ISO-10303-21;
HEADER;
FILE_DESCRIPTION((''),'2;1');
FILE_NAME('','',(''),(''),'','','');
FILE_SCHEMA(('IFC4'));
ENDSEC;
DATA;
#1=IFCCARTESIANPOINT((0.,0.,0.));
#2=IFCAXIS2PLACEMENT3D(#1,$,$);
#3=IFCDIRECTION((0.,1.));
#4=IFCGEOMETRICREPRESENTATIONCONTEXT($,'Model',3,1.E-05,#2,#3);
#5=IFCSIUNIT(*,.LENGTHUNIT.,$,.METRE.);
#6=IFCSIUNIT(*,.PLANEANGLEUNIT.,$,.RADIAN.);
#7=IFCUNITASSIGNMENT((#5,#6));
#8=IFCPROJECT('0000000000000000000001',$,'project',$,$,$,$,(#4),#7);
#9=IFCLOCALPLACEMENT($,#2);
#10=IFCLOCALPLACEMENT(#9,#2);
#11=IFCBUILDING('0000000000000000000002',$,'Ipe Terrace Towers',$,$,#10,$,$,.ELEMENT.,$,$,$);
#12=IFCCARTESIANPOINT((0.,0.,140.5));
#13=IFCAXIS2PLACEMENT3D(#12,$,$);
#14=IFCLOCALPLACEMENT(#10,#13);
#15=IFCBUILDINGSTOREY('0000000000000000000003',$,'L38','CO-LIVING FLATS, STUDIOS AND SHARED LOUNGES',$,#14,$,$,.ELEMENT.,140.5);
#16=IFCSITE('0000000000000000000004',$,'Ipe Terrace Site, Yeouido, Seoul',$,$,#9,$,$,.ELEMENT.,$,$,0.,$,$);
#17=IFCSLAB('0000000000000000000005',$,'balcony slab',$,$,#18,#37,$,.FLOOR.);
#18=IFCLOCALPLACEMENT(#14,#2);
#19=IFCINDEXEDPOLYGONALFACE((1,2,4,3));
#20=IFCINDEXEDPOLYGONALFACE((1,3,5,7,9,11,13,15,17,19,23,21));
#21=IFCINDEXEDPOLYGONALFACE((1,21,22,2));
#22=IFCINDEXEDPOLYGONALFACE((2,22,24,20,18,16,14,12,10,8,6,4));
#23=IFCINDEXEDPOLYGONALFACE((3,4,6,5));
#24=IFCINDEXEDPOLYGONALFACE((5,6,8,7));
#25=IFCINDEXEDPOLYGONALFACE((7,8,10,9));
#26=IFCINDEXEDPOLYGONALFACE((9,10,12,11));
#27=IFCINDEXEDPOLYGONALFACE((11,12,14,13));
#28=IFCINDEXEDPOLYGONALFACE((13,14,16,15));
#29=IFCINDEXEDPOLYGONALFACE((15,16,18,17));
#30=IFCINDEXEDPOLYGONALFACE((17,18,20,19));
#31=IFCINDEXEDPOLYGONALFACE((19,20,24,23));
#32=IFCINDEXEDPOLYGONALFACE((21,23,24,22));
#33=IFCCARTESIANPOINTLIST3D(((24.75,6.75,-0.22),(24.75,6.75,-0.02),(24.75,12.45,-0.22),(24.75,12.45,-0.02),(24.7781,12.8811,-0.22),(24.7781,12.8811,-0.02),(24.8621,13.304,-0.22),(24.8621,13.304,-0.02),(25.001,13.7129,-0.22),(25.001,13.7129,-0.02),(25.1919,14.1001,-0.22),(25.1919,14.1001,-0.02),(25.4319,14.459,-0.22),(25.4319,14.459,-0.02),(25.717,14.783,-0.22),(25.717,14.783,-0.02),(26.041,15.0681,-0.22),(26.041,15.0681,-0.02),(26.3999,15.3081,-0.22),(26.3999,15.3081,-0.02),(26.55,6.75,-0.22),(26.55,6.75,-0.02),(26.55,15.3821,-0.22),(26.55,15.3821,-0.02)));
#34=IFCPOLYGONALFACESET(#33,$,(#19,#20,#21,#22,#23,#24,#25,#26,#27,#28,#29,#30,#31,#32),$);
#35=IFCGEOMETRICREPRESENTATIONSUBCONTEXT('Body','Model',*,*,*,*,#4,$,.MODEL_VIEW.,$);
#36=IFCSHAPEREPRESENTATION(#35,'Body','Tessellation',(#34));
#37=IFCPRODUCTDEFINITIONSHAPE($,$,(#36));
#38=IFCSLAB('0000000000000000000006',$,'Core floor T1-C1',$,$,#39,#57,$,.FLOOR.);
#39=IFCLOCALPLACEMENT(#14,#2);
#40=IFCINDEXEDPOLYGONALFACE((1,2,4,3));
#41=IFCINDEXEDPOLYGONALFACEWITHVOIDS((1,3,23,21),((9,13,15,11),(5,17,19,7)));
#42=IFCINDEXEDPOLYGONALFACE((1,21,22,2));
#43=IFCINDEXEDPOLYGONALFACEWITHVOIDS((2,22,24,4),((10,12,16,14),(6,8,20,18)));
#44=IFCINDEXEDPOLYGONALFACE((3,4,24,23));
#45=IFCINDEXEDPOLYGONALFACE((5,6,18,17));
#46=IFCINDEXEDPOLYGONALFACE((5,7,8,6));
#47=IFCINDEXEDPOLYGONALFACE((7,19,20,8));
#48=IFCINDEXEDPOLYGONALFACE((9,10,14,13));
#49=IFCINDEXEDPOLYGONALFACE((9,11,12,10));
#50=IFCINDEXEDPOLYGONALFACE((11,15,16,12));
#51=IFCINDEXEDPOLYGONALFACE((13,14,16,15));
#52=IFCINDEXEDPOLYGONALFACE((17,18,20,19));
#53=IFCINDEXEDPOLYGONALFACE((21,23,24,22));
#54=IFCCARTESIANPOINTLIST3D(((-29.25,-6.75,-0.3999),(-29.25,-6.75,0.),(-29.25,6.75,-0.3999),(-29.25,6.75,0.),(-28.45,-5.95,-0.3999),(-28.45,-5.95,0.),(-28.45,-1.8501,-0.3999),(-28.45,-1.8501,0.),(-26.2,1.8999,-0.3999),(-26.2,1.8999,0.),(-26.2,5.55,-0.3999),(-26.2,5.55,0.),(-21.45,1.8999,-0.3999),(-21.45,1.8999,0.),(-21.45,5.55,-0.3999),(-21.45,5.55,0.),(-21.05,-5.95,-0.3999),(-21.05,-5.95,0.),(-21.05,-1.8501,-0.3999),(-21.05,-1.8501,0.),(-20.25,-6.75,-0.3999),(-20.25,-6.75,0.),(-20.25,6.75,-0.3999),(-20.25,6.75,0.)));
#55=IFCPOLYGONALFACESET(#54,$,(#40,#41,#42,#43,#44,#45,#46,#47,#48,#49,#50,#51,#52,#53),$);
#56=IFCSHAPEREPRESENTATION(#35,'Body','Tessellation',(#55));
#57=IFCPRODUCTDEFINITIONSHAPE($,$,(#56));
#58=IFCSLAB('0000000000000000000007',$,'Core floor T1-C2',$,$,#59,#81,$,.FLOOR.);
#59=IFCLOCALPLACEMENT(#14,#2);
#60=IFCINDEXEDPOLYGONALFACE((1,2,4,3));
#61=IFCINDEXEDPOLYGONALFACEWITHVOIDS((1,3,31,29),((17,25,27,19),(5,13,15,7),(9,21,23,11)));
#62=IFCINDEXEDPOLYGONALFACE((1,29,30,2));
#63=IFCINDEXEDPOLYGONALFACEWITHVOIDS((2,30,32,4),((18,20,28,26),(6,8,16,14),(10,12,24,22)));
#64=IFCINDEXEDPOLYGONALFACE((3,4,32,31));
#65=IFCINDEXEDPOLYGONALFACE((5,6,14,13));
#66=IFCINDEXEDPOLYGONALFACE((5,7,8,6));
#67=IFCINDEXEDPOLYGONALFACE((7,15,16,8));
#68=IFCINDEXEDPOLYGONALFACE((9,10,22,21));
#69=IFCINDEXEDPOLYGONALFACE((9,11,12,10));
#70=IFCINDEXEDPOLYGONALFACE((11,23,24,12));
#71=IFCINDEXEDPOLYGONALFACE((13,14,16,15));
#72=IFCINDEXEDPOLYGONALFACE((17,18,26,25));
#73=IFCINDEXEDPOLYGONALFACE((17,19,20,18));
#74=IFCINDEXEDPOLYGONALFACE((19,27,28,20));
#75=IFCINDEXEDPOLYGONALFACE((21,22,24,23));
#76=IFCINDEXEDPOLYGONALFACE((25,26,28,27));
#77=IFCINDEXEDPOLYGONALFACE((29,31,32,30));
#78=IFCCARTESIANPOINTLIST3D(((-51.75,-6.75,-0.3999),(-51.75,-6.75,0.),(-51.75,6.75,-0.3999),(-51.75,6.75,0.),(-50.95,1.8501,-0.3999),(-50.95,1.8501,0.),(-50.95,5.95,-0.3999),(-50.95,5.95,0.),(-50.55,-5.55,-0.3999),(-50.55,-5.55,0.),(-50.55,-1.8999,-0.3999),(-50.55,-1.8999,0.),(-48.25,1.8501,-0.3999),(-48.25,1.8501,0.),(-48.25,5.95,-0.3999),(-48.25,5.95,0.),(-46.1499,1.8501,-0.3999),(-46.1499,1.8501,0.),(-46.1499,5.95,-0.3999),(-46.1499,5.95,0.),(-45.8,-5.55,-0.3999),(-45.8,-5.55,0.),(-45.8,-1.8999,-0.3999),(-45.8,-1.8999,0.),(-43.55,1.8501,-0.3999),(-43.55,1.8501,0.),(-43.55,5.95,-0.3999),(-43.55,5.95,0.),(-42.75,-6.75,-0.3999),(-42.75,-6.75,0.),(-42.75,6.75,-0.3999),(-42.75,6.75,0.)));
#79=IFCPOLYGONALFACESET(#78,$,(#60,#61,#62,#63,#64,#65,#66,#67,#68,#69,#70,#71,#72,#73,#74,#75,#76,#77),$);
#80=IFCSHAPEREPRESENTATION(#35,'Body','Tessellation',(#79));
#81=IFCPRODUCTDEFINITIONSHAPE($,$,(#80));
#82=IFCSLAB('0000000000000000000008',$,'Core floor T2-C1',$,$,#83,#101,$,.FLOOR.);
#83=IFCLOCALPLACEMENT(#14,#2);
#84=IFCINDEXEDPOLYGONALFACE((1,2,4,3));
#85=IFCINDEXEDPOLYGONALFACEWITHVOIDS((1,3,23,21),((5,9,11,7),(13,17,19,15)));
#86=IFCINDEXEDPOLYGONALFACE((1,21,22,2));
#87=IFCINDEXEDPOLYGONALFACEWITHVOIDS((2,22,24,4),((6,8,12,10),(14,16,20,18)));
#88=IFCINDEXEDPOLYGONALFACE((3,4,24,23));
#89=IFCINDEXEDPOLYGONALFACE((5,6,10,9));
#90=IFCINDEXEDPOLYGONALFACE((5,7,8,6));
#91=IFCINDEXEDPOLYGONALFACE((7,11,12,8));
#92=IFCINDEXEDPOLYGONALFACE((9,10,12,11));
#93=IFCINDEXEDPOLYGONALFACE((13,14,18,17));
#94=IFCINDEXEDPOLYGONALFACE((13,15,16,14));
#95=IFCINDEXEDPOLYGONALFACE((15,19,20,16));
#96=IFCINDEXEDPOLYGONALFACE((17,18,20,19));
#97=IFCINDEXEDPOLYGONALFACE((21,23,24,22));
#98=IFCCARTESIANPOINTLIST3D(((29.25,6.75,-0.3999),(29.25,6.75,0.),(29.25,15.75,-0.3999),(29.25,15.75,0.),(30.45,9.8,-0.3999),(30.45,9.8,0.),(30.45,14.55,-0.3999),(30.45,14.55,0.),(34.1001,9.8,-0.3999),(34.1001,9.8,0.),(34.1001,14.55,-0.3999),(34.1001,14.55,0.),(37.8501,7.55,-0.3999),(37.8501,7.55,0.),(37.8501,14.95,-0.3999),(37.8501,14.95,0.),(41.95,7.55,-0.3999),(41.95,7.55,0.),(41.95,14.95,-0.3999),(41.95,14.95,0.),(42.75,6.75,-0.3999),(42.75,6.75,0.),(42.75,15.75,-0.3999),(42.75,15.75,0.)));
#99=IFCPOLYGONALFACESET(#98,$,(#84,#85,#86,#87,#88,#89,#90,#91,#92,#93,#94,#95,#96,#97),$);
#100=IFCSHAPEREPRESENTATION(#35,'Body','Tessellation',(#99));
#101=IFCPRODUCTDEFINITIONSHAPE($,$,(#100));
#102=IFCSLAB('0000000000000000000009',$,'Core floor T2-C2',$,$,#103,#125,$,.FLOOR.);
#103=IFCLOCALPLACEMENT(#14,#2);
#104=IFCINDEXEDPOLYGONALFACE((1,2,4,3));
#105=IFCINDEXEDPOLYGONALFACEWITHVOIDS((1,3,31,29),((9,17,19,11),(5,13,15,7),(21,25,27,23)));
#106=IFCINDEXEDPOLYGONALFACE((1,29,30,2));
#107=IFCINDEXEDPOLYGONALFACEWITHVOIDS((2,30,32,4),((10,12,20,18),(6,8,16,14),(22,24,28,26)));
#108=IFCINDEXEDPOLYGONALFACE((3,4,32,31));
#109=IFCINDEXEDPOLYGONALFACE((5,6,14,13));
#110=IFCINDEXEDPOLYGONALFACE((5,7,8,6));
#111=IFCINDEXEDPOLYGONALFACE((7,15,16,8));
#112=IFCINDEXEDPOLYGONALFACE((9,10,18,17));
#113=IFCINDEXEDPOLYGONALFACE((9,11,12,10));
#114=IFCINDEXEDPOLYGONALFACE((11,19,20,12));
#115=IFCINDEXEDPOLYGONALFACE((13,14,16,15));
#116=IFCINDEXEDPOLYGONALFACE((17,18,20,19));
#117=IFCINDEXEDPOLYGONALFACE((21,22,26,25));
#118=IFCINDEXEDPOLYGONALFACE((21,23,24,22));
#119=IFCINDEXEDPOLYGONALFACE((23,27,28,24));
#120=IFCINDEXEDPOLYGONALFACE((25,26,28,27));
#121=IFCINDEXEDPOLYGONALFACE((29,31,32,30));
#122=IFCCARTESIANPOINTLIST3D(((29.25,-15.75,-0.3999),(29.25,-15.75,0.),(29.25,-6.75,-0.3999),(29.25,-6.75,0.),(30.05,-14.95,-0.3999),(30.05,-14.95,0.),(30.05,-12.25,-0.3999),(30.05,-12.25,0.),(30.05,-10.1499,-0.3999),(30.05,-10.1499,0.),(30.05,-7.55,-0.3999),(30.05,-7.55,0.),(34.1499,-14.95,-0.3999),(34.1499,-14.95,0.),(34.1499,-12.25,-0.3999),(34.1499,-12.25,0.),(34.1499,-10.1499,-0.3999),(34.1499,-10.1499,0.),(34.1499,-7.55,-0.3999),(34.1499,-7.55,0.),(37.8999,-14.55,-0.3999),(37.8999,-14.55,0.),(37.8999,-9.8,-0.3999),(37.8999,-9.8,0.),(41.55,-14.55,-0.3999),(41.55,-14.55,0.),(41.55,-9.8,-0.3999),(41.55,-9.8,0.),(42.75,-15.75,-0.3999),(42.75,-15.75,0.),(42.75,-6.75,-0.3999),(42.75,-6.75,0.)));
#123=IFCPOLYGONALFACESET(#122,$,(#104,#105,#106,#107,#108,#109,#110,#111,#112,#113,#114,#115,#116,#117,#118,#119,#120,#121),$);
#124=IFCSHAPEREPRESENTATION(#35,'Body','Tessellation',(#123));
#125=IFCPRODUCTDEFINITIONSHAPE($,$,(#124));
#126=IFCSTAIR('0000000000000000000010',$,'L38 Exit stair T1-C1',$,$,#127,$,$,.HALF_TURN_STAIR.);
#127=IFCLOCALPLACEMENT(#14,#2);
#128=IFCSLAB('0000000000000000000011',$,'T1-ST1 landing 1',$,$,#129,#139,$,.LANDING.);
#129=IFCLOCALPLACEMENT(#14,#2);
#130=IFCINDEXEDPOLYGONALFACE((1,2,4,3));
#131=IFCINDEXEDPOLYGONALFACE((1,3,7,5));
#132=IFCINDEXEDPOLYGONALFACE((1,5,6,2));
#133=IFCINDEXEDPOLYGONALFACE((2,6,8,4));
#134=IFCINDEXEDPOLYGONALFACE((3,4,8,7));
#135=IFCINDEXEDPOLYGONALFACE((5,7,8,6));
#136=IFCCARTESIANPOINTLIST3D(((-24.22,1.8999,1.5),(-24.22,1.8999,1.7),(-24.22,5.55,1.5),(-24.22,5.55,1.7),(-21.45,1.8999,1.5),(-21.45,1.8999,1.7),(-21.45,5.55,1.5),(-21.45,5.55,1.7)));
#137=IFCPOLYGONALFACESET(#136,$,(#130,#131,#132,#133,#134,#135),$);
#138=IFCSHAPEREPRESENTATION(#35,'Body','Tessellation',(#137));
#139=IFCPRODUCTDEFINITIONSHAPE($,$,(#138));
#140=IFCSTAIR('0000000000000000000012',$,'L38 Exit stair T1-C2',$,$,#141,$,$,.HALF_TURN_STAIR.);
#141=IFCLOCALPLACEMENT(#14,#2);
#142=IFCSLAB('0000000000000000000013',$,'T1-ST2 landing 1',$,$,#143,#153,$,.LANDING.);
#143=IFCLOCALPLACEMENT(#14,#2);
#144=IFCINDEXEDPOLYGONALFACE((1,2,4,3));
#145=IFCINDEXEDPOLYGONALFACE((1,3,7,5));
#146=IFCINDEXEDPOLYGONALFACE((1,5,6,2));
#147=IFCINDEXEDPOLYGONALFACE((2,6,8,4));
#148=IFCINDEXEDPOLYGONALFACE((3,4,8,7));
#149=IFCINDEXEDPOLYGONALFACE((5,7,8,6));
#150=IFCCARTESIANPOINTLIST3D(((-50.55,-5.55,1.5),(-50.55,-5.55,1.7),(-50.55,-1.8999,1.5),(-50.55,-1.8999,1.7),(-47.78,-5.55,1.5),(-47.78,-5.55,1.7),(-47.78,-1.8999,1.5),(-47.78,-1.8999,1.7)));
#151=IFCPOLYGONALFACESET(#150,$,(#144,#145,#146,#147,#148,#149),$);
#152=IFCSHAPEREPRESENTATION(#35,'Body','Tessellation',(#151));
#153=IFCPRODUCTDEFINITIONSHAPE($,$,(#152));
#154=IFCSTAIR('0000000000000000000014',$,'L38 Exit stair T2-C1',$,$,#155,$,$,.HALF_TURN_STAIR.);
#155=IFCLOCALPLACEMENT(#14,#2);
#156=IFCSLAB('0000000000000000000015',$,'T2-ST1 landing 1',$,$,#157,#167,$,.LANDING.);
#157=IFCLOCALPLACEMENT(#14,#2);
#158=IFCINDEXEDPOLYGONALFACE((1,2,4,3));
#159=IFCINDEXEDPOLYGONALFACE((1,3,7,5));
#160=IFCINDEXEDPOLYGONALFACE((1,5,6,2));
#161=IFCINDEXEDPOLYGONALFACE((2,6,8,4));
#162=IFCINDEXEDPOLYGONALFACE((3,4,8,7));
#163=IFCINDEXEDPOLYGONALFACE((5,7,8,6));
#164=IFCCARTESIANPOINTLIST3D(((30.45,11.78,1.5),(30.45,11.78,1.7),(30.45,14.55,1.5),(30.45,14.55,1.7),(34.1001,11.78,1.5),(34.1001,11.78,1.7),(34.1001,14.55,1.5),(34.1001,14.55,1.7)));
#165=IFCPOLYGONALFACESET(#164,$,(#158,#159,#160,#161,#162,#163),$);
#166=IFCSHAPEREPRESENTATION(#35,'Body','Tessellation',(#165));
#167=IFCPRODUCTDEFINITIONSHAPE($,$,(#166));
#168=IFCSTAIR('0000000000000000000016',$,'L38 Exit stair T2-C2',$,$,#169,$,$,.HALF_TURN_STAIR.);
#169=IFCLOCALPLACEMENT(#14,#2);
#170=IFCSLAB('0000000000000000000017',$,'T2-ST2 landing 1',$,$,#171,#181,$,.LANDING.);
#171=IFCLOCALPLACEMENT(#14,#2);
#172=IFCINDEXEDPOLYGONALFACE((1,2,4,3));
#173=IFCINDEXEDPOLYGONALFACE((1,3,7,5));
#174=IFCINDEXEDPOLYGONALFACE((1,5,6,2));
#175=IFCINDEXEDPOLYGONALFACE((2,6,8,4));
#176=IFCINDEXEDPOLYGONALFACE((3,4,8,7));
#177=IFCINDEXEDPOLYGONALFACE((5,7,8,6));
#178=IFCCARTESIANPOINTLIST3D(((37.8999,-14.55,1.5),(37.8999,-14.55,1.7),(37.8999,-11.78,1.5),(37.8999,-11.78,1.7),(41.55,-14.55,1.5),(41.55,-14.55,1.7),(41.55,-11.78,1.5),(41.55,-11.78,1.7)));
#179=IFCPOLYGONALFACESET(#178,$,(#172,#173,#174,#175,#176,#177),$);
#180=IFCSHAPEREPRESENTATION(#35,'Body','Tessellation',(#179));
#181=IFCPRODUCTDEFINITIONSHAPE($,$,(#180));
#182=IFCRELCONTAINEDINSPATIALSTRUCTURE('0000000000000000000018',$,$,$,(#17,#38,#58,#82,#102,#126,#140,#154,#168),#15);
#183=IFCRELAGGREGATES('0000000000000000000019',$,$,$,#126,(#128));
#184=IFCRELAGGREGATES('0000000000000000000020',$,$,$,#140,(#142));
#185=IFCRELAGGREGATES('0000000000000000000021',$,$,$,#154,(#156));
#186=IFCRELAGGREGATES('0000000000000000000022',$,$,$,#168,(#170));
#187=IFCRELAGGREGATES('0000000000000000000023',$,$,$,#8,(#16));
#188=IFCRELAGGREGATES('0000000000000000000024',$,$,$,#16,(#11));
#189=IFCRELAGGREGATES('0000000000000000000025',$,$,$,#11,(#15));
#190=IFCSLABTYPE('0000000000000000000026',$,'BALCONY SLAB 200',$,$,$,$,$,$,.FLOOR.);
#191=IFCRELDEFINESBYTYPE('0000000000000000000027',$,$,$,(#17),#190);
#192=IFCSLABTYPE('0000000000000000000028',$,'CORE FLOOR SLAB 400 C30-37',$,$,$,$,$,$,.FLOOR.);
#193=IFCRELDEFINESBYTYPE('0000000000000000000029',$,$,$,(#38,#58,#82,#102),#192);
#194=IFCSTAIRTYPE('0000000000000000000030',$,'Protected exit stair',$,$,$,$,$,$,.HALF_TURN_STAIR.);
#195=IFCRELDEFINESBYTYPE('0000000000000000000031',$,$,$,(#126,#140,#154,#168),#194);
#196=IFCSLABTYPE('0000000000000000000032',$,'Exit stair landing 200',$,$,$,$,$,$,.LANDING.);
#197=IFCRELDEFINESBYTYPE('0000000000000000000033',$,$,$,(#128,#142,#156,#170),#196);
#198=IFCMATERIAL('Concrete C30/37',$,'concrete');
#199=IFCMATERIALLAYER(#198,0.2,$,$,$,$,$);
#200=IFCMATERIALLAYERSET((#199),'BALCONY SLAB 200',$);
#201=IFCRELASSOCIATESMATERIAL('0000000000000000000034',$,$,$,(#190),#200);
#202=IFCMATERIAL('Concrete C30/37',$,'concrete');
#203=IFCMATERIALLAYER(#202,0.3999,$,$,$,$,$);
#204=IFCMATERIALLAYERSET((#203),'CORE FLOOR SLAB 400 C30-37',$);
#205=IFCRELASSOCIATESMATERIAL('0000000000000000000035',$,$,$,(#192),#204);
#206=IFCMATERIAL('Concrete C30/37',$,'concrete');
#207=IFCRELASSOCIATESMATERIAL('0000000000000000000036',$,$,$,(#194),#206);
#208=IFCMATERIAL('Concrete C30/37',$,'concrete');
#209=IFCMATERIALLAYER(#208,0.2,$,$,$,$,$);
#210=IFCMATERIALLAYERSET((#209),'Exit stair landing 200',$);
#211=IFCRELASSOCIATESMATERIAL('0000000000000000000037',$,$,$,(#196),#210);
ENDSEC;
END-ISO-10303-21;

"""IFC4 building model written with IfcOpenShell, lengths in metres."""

from ifc_helpers import new_model, si_unit, direction, frame, origin, place, context, subcontext, project, spatial, polyline, outline, extrude, material, layer, layer_set, type_object, element, aggregate, save


model = new_model("IFC4")

# Units and contexts
model_context = context("Model", 3, precision=1e-05, world=origin(), true_north=direction((0.0, 1.0)))
body_context = subcontext(model_context, "Body", "Model", "MODEL_VIEW")
ifc_project = project(units=[si_unit("LENGTHUNIT", "METRE"), si_unit("PLANEANGLEUNIT", "RADIAN")], contexts=[model_context])

# Site, building, storey
site_placement = place(None, origin())
site = spatial("IfcSite", under=ifc_project, at=site_placement, Name="Ipe Terrace Site, Yeouido, Seoul", CompositionType="ELEMENT", RefElevation=0.0)
building_placement = place(site_placement, origin())
building = spatial("IfcBuilding", under=site, at=building_placement, Name="Ipe Terrace Towers", CompositionType="ELEMENT")
storey_placement = place(building_placement, frame((0.0, 0.0, 140.5)))
storey = spatial("IfcBuildingStorey", under=building, at=storey_placement, Name="L38", Description="CO-LIVING FLATS, STUDIOS AND SHARED LOUNGES", CompositionType="ELEMENT", Elevation=140.5)

# Slabs
ifc_material_1 = material(Name="Concrete C30/37", Category="concrete")
ifc_layer_1 = layer(ifc_material_1, 0.2)
ifc_layer_set_1 = layer_set([ifc_layer_1], Name="BALCONY SLAB 200")
slab_type_1 = type_object("IfcSlabType", Name="BALCONY SLAB 200", PredefinedType="FLOOR", material=ifc_layer_set_1)
slab_1_placement = place(storey_placement, frame((0.0, 0.0, -0.22)))
element("IfcSlab", 1, at=slab_1_placement, inside=storey, type_object=slab_type_1, Name="balcony slab", PredefinedType="FLOOR", context=body_context, shape_type="SweptSolid", body=[
    extrude(outline(polyline([(24.75, 6.75), (26.55, 6.75), (26.55, 15.3821), (26.3999, 15.3081), (26.041, 15.0681), (25.717, 14.783), (25.4319, 14.459), (25.1919, 14.1001), (25.001, 13.7129), (24.8621, 13.304), (24.7781, 12.8811), (24.75, 12.45), (24.75, 6.75)])), origin(), (0.0, 0.0, 1.0), 0.2),
])
ifc_material_2 = material(Name="Concrete C30/37", Category="concrete")
ifc_layer_2 = layer(ifc_material_2, 0.3999)
ifc_layer_set_2 = layer_set([ifc_layer_2], Name="CORE FLOOR SLAB 400 C30-37")
slab_type_2 = type_object("IfcSlabType", Name="CORE FLOOR SLAB 400 C30-37", PredefinedType="FLOOR", material=ifc_layer_set_2)
slab_2_placement = place(storey_placement, frame((0.0, 0.0, -0.3999)))
element("IfcSlab", 2, at=slab_2_placement, inside=storey, type_object=slab_type_2, Name="Core floor T1-C1", PredefinedType="FLOOR", context=body_context, shape_type="SweptSolid", body=[
    extrude(outline(polyline([(-29.25, -6.75), (-29.25, 6.75), (-20.25, 6.75), (-20.25, -6.75), (-29.25, -6.75)]), holes=[polyline([(-28.45, -5.95), (-21.05, -5.95), (-21.05, -1.8501), (-28.45, -1.8501), (-28.45, -5.95)]), polyline([(-26.2, 5.55), (-26.2, 1.8999), (-21.45, 1.8999), (-21.45, 5.55), (-26.2, 5.55)])]), origin(), (0.0, 0.0, 1.0), 0.3999),
])
slab_3_placement = place(storey_placement, frame((0.0, 0.0, -0.3999)))
element("IfcSlab", 3, at=slab_3_placement, inside=storey, type_object=slab_type_2, Name="Core floor T1-C2", PredefinedType="FLOOR", context=body_context, shape_type="SweptSolid", body=[
    extrude(outline(polyline([(-51.75, -6.75), (-51.75, 6.75), (-42.75, 6.75), (-42.75, -6.75), (-51.75, -6.75)]), holes=[polyline([(-45.8, -1.8999), (-50.55, -1.8999), (-50.55, -5.55), (-45.8, -5.55), (-45.8, -1.8999)]), polyline([(-48.25, 1.8501), (-48.25, 5.95), (-50.95, 5.95), (-50.95, 1.8501), (-48.25, 1.8501)]), polyline([(-43.55, 1.8501), (-43.55, 5.95), (-46.1499, 5.95), (-46.1499, 1.8501), (-43.55, 1.8501)])]), origin(), (0.0, 0.0, 1.0), 0.3999),
])
slab_4_placement = place(storey_placement, frame((0.0, 0.0, -0.3999)))
element("IfcSlab", 4, at=slab_4_placement, inside=storey, type_object=slab_type_2, Name="Core floor T2-C1", PredefinedType="FLOOR", context=body_context, shape_type="SweptSolid", body=[
    extrude(outline(polyline([(29.25, 6.75), (29.25, 15.75), (42.75, 15.75), (42.75, 6.75), (29.25, 6.75)]), holes=[polyline([(41.95, 7.55), (41.95, 14.95), (37.8501, 14.95), (37.8501, 7.55), (41.95, 7.55)]), polyline([(30.45, 9.8), (34.1001, 9.8), (34.1001, 14.55), (30.45, 14.55), (30.45, 9.8)])]), origin(), (0.0, 0.0, 1.0), 0.3999),
])
slab_5_placement = place(storey_placement, frame((0.0, 0.0, -0.3999)))
element("IfcSlab", 5, at=slab_5_placement, inside=storey, type_object=slab_type_2, Name="Core floor T2-C2", PredefinedType="FLOOR", context=body_context, shape_type="SweptSolid", body=[
    extrude(outline(polyline([(29.25, -15.75), (29.25, -6.75), (42.75, -6.75), (42.75, -15.75), (29.25, -15.75)]), holes=[polyline([(30.05, -12.25), (30.05, -14.95), (34.1499, -14.95), (34.1499, -12.25), (30.05, -12.25)]), polyline([(41.55, -9.8), (37.8999, -9.8), (37.8999, -14.55), (41.55, -14.55), (41.55, -9.8)]), polyline([(34.1499, -7.55), (30.05, -7.55), (30.05, -10.1499), (34.1499, -10.1499), (34.1499, -7.55)])]), origin(), (0.0, 0.0, 1.0), 0.3999),
])

# Stairs, slabs
ifc_material_3 = material(Name="Concrete C30/37", Category="concrete")
stair_type = type_object("IfcStairType", Name="Protected exit stair", PredefinedType="HALF_TURN_STAIR", material=ifc_material_3)
stair_1_placement = place(storey_placement, origin())
stair_1 = element("IfcStair", 6, at=stair_1_placement, inside=storey, type_object=stair_type, Name="L38 Exit stair T1-C1", PredefinedType="HALF_TURN_STAIR")
ifc_material_4 = material(Name="Concrete C30/37", Category="concrete")
ifc_layer_3 = layer(ifc_material_4, 0.2)
ifc_layer_set_3 = layer_set([ifc_layer_3], Name="Exit stair landing 200")
slab_type_3 = type_object("IfcSlabType", Name="Exit stair landing 200", PredefinedType="LANDING", material=ifc_layer_set_3)
slab_6_placement = place(storey_placement, frame((0.0, 0.0, 1.5)))
slab_6 = element("IfcSlab", 7, at=slab_6_placement, type_object=slab_type_3, Name="T1-ST1 landing 1", PredefinedType="LANDING", context=body_context, shape_type="SweptSolid", body=[
    extrude(outline(polyline([(-24.22, 1.8999), (-21.45, 1.8999), (-21.45, 5.55), (-24.22, 5.55), (-24.22, 1.8999)])), origin(), (0.0, 0.0, 1.0), 0.2),
])
aggregate(stair_1, [slab_6])
stair_2_placement = place(storey_placement, origin())
stair_2 = element("IfcStair", 8, at=stair_2_placement, inside=storey, type_object=stair_type, Name="L38 Exit stair T1-C2", PredefinedType="HALF_TURN_STAIR")
slab_7_placement = place(storey_placement, frame((0.0, 0.0, 1.5)))
slab_7 = element("IfcSlab", 9, at=slab_7_placement, type_object=slab_type_3, Name="T1-ST2 landing 1", PredefinedType="LANDING", context=body_context, shape_type="SweptSolid", body=[
    extrude(outline(polyline([(-47.78, -1.8999), (-50.55, -1.8999), (-50.55, -5.55), (-47.78, -5.55), (-47.78, -1.8999)])), origin(), (0.0, 0.0, 1.0), 0.2),
])
aggregate(stair_2, [slab_7])
stair_3_placement = place(storey_placement, origin())
stair_3 = element("IfcStair", 10, at=stair_3_placement, inside=storey, type_object=stair_type, Name="L38 Exit stair T2-C1", PredefinedType="HALF_TURN_STAIR")
slab_8_placement = place(storey_placement, frame((0.0, 0.0, 1.5)))
slab_8 = element("IfcSlab", 11, at=slab_8_placement, type_object=slab_type_3, Name="T2-ST1 landing 1", PredefinedType="LANDING", context=body_context, shape_type="SweptSolid", body=[
    extrude(outline(polyline([(34.1001, 11.78), (34.1001, 14.55), (30.45, 14.55), (30.45, 11.78), (34.1001, 11.78)])), origin(), (0.0, 0.0, 1.0), 0.2),
])
aggregate(stair_3, [slab_8])
stair_4_placement = place(storey_placement, origin())
stair_4 = element("IfcStair", 12, at=stair_4_placement, inside=storey, type_object=stair_type, Name="L38 Exit stair T2-C2", PredefinedType="HALF_TURN_STAIR")
slab_9_placement = place(storey_placement, frame((0.0, 0.0, 1.5)))
slab_9 = element("IfcSlab", 13, at=slab_9_placement, type_object=slab_type_3, Name="T2-ST2 landing 1", PredefinedType="LANDING", context=body_context, shape_type="SweptSolid", body=[
    extrude(outline(polyline([(37.8999, -11.78), (37.8999, -14.55), (41.55, -14.55), (41.55, -11.78), (37.8999, -11.78)])), origin(), (0.0, 0.0, 1.0), 0.2),
])
aggregate(stair_4, [slab_9])

save(model, "model.ifc")
